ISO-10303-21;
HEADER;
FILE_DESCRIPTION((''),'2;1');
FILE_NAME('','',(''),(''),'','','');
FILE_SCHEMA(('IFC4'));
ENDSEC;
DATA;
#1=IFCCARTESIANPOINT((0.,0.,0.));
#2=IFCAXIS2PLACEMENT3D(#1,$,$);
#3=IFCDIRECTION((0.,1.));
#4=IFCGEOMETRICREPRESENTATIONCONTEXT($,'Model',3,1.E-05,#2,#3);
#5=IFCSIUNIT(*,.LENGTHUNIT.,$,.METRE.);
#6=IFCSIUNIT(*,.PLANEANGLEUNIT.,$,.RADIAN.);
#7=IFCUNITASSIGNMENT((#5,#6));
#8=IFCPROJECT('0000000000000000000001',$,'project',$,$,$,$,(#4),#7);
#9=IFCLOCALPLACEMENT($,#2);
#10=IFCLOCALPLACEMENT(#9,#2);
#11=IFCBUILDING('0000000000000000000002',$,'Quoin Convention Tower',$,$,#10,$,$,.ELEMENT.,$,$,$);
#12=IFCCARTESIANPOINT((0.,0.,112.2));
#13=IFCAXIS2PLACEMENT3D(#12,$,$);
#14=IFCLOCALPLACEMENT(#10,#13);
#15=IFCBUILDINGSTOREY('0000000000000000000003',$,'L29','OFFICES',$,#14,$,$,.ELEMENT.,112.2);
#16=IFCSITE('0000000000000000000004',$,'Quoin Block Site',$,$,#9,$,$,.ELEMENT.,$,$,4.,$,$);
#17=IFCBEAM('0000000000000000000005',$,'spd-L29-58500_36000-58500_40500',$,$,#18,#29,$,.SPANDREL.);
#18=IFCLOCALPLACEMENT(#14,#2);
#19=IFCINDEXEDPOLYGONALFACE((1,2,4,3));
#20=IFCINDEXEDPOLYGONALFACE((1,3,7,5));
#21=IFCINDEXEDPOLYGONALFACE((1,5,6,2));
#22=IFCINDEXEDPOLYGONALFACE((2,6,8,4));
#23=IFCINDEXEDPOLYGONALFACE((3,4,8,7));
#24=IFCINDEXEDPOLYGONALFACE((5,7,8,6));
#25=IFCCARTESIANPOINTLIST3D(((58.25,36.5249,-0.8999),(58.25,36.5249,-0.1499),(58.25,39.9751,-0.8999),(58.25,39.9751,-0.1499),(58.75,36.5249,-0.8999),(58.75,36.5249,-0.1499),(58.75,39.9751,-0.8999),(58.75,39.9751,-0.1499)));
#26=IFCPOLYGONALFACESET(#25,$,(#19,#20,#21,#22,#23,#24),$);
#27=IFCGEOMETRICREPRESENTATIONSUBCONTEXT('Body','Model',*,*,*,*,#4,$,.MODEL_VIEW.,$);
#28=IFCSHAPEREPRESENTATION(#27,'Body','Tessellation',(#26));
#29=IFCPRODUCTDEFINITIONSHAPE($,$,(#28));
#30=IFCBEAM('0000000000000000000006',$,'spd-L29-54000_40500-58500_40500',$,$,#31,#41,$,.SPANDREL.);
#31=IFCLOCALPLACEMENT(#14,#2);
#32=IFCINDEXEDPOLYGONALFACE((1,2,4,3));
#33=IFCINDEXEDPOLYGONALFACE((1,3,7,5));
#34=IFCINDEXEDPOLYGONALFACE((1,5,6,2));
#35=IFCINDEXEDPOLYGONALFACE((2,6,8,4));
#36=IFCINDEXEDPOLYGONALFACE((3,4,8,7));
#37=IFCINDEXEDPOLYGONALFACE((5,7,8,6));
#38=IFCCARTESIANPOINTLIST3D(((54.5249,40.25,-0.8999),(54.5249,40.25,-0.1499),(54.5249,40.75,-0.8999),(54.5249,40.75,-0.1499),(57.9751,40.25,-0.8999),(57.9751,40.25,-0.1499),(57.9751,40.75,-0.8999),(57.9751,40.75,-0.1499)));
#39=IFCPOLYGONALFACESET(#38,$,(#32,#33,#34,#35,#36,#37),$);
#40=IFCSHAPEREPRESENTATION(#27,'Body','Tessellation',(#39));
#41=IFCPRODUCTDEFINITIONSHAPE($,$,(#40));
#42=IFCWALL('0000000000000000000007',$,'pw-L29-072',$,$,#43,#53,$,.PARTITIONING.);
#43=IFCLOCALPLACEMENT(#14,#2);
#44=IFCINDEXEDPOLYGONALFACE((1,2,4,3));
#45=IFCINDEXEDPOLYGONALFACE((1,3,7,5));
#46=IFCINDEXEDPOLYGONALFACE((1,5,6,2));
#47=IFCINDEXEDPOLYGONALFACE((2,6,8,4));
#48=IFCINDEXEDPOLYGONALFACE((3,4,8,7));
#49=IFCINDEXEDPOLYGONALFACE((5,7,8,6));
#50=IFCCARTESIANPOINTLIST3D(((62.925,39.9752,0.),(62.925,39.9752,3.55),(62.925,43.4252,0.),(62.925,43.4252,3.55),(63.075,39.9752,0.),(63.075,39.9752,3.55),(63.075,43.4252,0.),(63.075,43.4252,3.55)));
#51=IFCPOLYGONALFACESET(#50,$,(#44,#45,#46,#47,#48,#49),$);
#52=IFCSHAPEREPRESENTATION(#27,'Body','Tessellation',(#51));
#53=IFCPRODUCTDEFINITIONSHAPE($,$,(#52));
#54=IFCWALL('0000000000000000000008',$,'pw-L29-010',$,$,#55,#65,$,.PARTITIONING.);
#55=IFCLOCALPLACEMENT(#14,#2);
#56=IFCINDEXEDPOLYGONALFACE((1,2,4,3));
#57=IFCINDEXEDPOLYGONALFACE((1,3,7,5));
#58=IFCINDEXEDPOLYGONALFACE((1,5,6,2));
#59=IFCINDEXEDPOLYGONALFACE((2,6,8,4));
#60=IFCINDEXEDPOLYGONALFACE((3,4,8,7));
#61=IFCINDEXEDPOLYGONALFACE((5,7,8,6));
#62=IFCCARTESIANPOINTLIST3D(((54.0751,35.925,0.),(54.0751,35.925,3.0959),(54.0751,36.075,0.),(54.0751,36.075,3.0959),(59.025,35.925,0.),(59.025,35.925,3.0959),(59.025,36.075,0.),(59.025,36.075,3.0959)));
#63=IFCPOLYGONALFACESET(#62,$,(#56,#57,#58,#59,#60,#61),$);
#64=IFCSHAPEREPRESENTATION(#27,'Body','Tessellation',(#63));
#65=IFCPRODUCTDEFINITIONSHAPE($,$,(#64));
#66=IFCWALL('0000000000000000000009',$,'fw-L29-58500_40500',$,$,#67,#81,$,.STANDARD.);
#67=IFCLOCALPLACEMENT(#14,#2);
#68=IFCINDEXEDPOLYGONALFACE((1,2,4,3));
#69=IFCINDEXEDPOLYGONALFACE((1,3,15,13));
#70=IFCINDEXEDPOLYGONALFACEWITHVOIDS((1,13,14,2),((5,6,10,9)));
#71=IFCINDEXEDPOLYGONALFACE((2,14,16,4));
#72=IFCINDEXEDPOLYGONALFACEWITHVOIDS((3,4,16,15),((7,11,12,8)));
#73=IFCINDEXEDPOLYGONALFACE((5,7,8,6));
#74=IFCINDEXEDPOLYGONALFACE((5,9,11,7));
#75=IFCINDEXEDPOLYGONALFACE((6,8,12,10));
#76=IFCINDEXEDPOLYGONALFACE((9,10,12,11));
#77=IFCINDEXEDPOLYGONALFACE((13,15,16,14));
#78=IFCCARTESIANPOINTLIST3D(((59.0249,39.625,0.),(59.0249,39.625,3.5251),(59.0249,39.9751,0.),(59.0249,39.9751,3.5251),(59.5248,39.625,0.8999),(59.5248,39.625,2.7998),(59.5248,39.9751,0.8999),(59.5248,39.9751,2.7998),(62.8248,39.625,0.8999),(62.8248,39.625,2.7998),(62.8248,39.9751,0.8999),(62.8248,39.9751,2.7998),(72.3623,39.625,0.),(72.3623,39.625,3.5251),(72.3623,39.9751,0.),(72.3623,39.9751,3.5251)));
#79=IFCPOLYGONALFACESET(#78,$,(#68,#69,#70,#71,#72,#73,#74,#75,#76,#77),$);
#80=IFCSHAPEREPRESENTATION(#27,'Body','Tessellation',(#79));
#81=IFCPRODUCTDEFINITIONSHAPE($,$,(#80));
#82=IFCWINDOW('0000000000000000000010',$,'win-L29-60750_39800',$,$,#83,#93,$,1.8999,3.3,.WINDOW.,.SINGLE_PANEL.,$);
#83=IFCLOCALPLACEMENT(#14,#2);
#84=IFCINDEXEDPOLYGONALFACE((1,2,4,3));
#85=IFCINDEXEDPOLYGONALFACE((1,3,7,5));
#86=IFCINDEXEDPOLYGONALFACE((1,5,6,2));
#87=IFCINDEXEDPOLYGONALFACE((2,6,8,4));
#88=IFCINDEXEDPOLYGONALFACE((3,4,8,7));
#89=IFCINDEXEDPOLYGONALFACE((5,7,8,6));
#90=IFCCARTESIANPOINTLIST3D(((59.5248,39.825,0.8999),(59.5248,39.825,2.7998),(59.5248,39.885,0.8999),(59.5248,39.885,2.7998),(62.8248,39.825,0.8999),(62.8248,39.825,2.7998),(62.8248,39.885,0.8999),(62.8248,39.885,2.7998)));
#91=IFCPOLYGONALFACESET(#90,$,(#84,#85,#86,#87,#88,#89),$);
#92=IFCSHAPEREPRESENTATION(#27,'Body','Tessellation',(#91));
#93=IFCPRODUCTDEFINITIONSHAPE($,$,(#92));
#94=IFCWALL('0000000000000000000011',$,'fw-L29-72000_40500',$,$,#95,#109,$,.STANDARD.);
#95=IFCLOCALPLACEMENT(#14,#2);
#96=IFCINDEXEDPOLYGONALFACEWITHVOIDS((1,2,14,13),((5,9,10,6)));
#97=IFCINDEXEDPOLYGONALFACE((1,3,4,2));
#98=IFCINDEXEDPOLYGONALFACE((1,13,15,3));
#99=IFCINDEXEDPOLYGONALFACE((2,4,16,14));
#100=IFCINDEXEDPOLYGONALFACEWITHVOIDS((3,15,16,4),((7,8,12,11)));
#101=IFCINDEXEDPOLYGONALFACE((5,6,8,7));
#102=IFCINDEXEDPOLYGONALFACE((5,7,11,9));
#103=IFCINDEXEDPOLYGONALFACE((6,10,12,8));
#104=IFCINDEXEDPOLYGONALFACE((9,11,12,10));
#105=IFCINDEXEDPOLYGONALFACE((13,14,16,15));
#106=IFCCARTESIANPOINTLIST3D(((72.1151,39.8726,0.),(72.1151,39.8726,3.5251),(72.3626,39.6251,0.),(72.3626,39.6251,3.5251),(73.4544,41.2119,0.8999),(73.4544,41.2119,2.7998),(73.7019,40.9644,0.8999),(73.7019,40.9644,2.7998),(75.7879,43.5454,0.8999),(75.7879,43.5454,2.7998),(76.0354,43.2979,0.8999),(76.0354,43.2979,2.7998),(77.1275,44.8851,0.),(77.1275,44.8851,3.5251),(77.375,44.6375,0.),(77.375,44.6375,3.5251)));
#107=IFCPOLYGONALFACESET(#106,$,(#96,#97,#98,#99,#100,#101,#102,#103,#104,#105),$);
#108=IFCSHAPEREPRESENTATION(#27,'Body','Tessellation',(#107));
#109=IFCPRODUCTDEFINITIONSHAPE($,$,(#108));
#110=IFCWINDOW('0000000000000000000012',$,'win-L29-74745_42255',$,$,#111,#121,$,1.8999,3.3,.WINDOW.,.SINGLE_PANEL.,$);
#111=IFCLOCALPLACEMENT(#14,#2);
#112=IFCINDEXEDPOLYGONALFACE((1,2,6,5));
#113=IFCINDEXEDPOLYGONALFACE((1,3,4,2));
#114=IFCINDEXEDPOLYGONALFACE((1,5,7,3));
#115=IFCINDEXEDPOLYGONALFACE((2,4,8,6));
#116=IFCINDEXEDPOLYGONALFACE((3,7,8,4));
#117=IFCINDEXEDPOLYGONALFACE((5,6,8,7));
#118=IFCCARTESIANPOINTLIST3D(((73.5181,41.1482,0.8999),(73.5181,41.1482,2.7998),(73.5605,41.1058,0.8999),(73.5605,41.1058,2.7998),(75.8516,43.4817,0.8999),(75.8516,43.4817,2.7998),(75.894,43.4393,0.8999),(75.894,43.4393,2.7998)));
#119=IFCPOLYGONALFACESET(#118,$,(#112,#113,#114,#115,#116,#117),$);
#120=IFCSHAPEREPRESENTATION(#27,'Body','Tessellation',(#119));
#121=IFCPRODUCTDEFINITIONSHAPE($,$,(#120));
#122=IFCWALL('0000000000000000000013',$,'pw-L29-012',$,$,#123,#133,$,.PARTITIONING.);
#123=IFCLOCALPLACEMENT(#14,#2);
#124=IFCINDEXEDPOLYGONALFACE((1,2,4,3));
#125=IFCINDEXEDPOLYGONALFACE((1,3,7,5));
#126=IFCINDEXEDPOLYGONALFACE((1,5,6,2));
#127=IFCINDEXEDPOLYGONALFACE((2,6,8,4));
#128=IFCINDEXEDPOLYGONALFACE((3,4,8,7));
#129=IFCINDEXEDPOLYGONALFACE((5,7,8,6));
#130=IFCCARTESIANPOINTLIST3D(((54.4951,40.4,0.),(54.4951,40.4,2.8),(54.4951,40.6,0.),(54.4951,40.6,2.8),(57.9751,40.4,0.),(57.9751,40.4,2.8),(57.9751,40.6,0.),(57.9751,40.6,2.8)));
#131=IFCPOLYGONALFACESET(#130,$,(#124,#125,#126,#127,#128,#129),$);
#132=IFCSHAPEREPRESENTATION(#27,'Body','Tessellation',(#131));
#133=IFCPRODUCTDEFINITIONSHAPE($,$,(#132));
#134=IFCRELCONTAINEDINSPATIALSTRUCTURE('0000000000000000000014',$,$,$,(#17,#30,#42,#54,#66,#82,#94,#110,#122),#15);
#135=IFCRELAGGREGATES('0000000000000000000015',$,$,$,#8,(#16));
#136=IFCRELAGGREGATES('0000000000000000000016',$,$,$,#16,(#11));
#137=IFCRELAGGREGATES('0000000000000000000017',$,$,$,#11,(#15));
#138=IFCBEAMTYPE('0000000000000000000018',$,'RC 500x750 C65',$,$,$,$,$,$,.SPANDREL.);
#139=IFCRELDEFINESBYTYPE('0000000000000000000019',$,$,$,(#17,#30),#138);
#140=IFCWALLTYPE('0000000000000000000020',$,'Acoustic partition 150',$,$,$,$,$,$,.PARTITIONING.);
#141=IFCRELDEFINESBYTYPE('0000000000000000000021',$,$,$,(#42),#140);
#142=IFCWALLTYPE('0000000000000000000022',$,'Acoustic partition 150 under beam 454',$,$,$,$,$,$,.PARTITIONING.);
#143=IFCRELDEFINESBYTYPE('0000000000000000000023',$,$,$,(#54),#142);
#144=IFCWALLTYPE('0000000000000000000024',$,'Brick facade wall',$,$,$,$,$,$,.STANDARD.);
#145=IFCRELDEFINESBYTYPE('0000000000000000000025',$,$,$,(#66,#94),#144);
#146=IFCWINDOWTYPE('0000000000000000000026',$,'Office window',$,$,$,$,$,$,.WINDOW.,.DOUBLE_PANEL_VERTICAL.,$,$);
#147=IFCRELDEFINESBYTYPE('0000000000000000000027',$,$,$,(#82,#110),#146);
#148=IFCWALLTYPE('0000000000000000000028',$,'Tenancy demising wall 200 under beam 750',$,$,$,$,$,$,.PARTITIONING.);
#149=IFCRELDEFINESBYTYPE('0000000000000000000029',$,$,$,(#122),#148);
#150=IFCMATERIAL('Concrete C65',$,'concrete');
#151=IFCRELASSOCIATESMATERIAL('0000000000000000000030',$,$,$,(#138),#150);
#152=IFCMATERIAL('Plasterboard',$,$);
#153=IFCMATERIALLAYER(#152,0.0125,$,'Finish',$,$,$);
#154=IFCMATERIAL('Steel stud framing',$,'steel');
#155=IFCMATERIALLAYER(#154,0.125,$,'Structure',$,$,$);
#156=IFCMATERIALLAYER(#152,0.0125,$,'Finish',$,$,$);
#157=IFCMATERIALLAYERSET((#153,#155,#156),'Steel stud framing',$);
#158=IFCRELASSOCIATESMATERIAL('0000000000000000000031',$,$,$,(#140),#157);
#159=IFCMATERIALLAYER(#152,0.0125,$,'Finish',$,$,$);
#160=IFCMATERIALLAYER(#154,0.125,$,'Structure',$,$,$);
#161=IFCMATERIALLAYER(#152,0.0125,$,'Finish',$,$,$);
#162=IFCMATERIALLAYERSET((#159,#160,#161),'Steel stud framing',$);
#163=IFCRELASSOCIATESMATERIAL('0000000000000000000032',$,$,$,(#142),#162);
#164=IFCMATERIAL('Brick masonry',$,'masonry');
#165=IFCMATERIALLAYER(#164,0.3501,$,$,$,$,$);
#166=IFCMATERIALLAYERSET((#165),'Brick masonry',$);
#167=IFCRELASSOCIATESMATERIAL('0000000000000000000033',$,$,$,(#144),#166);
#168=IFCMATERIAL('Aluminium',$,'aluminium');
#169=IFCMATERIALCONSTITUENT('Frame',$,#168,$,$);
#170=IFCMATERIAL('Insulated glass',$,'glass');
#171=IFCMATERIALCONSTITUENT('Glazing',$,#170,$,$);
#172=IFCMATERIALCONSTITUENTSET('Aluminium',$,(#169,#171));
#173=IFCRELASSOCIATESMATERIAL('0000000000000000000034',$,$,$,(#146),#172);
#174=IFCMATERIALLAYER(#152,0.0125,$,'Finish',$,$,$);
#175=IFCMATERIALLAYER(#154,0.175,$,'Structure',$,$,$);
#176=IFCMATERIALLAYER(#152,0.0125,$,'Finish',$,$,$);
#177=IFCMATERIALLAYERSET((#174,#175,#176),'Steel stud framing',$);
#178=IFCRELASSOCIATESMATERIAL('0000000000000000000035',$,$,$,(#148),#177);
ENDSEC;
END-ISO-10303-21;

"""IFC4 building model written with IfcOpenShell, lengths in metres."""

from ifc_helpers import new_model, si_unit, direction, frame, frame_2d, origin, origin_2d, place, context, subcontext, project, spatial, rectangle, extrude, material, layer, layer_set, constituent, constituent_set, material_profile, profile_set, type_object, element, fill, save


model = new_model("IFC4")

# Units and contexts
model_context = context("Model", 3, precision=1e-05, world=origin(), true_north=direction((0.0, 1.0)))
body_context = subcontext(model_context, "Body", "Model", "MODEL_VIEW")
ifc_project = project(units=[si_unit("LENGTHUNIT", "METRE"), si_unit("PLANEANGLEUNIT", "RADIAN")], contexts=[model_context])

# Site, building, storey
site_placement = place(None, origin())
site = spatial("IfcSite", under=ifc_project, at=site_placement, Name="Quoin Block Site", CompositionType="ELEMENT", RefElevation=4.0)
building_placement = place(site_placement, origin())
building = spatial("IfcBuilding", under=site, at=building_placement, Name="Quoin Convention Tower", CompositionType="ELEMENT")
storey_placement = place(building_placement, frame((0.0, 0.0, 112.2)))
storey = spatial("IfcBuildingStorey", under=building, at=storey_placement, Name="L29", Description="OFFICES", CompositionType="ELEMENT", Elevation=112.2)

# Shared definitions
ifc_material_1 = material(Name="Concrete C65", Category="concrete")

# Beams
ifc_material_profile_1 = material_profile(ifc_material_1, rectangle(XDim=0.5, YDim=0.75, at=origin_2d()), Name="RC 500x750")
ifc_profile_set_1 = profile_set([ifc_material_profile_1], Name="Concrete C65")
beam_type = type_object("IfcBeamType", Name="RC 500x750 C65", PredefinedType="SPANDREL", material=ifc_profile_set_1)
for number, where, z_axis, x_axis, name in (
    (1, (58.5, 36.5249, -0.5249), (0.0, 1.0, 0.0), (-1.0, 0.0, 0.0), "spd-L29-58500_36000-58500_40500"),
    (2, (54.5249, 40.5, -0.5249), (1.0, 0.0, 0.0), (0.0, 1.0, 0.0), "spd-L29-54000_40500-58500_40500"),
):
    element("IfcBeam", number, at=place(storey_placement, frame(where, z_axis=z_axis, x_axis=x_axis)), inside=storey, type_object=beam_type, Name=name, PredefinedType="SPANDREL", context=body_context, shape_type="SweptSolid", body=[
        extrude(rectangle(XDim=0.5, YDim=0.75, at=origin_2d()), origin(), (0.0, 0.0, 1.0), 3.4502),
    ])

# Walls
ifc_material_2 = material(Name="Plasterboard")
ifc_layer_1 = layer(ifc_material_2, 0.0125, Name="Finish")
ifc_material_3 = material(Name="Steel stud framing", Category="steel")
ifc_layer_2 = layer(ifc_material_3, 0.125, Name="Structure")
ifc_layer_3 = layer(ifc_material_2, 0.0125, Name="Finish")
ifc_layer_set_1 = layer_set([ifc_layer_1, ifc_layer_2, ifc_layer_3], Name="Steel stud framing")
wall_type_1 = type_object("IfcWallType", Name="Acoustic partition 150", PredefinedType="PARTITIONING", material=ifc_layer_set_1)
wall_1_placement = place(storey_placement, frame((63.0, 39.9751, 0.0), z_axis=(0.0, 0.0, 1.0), x_axis=(0.0, 1.0, 0.0)))
element("IfcWall", 3, at=wall_1_placement, inside=storey, type_object=wall_type_1, Name="pw-L29-072", PredefinedType="PARTITIONING", context=body_context, shape_type="SweptSolid", body=[
    extrude(rectangle(XDim=3.45, YDim=0.1499, at=frame_2d((1.7251, 0.0))), origin(), (0.0, 0.0, 1.0), 3.55),
])
ifc_layer_4 = layer(ifc_material_2, 0.0125, Name="Finish")
ifc_layer_5 = layer(ifc_material_3, 0.125, Name="Structure")
ifc_layer_6 = layer(ifc_material_2, 0.0125, Name="Finish")
ifc_layer_set_2 = layer_set([ifc_layer_4, ifc_layer_5, ifc_layer_6], Name="Steel stud framing")
wall_type_2 = type_object("IfcWallType", Name="Acoustic partition 150 under beam 454", PredefinedType="PARTITIONING", material=ifc_layer_set_2)
wall_2_placement = place(storey_placement, frame((54.075, 36.0, 0.0), z_axis=(0.0, 0.0, 1.0), x_axis=(1.0, 0.0, 0.0)))
element("IfcWall", 4, at=wall_2_placement, inside=storey, type_object=wall_type_2, Name="pw-L29-010", PredefinedType="PARTITIONING", context=body_context, shape_type="SweptSolid", body=[
    extrude(rectangle(XDim=4.95, YDim=0.1499, at=frame_2d((2.4751, 0.0))), origin(), (0.0, 0.0, 1.0), 3.0959),
])

# Walls, openings, windows
ifc_material_4 = material(Name="Brick masonry", Category="masonry")
ifc_layer_7 = layer(ifc_material_4, 0.3501)
ifc_layer_set_3 = layer_set([ifc_layer_7], Name="Brick masonry")
wall_type_3 = type_object("IfcWallType", Name="Brick facade wall", PredefinedType="STANDARD", material=ifc_layer_set_3)
wall_3_placement = place(storey_placement, frame((59.0249, 39.8, 0.0), z_axis=(0.0, 0.0, 1.0), x_axis=(1.0, 0.0, 0.0)))
wall_3 = element("IfcWall", 5, at=wall_3_placement, inside=storey, type_object=wall_type_3, Name="fw-L29-58500_40500", PredefinedType="STANDARD", context=body_context, shape_type="SweptSolid", body=[
    extrude(rectangle(XDim=13.3374, YDim=0.3501, at=frame_2d((6.6687, 0.0))), origin(), (0.0, 0.0, 1.0), 3.5251),
])
opening_1_placement = place(wall_3_placement, frame((0.5, 0.0, 0.8999)))
opening_1 = element("IfcOpeningElement", 6, at=opening_1_placement, cuts=wall_3, PredefinedType="OPENING", context=body_context, shape_type="SweptSolid", body=[
    extrude(rectangle(XDim=3.3, YDim=1.8999, at=frame_2d((1.6499, 0.95))), frame((0.0, 0.1851, 0.0), z_axis=(0.0, -1.0, 0.0), x_axis=(1.0, 0.0, 0.0)), (0.0, 0.0, 1.0), 0.3701),
])
ifc_material_5 = material(Name="Aluminium", Category="aluminium")
ifc_constituent_1 = constituent(ifc_material_5, Name="Frame")
ifc_material_6 = material(Name="Insulated glass", Category="glass")
ifc_constituent_2 = constituent(ifc_material_6, Name="Glazing")
ifc_constituent_set = constituent_set(constituents=[ifc_constituent_1, ifc_constituent_2], Name="Aluminium")
window_type = type_object("IfcWindowType", Name="Office window", PartitioningType="DOUBLE_PANEL_VERTICAL", PredefinedType="WINDOW", material=ifc_constituent_set)
window_1_placement = place(opening_1_placement, origin())
window_1 = element("IfcWindow", 7, at=window_1_placement, inside=storey, type_object=window_type, Name="win-L29-60750_39800", OverallHeight=1.8999, OverallWidth=3.3, PartitioningType="SINGLE_PANEL", PredefinedType="WINDOW", context=body_context, shape_type="SweptSolid", body=[
    extrude(rectangle(XDim=3.3, YDim=1.8999, at=frame_2d((1.6499, 0.95))), frame((0.0, 0.085, 0.0), z_axis=(0.0, -1.0, 0.0), x_axis=(1.0, 0.0, 0.0)), (0.0, 0.0, 1.0), 0.0601),
])
fill(opening_1, window_1)
wall_4_placement = place(storey_placement, frame((72.2388, 39.7488, 0.0), z_axis=(0.0, 0.0, 1.0), x_axis=(0.707107, 0.707107, 0.0)))
wall_4 = element("IfcWall", 8, at=wall_4_placement, inside=storey, type_object=wall_type_3, Name="fw-L29-72000_40500", PredefinedType="STANDARD", context=body_context, shape_type="SweptSolid", body=[
    extrude(rectangle(XDim=7.0886, YDim=0.3501, at=frame_2d((3.5444, 0.0))), origin(), (0.0, 0.0, 1.0), 3.5251),
])
opening_2_placement = place(wall_4_placement, frame((1.8943, 0.0, 0.8999)))
opening_2 = element("IfcOpeningElement", 9, at=opening_2_placement, cuts=wall_4, PredefinedType="OPENING", context=body_context, shape_type="SweptSolid", body=[
    extrude(rectangle(XDim=3.3, YDim=1.8999, at=frame_2d((1.6499, 0.95))), frame((0.0, 0.1851, 0.0), z_axis=(0.0, -1.0, 0.0), x_axis=(1.0, 0.0, 0.0)), (0.0, 0.0, 1.0), 0.3701),
])
window_2_placement = place(opening_2_placement, origin())
window_2 = element("IfcWindow", 10, at=window_2_placement, inside=storey, type_object=window_type, Name="win-L29-74745_42255", OverallHeight=1.8999, OverallWidth=3.3, PartitioningType="SINGLE_PANEL", PredefinedType="WINDOW", context=body_context, shape_type="SweptSolid", body=[
    extrude(rectangle(XDim=3.3, YDim=1.8999, at=frame_2d((1.6499, 0.95))), frame((0.0, 0.085, 0.0), z_axis=(0.0, -1.0, 0.0), x_axis=(1.0, 0.0, 0.0)), (0.0, 0.0, 1.0), 0.0601),
])
fill(opening_2, window_2)

# Wall
ifc_layer_8 = layer(ifc_material_2, 0.0125, Name="Finish")
ifc_layer_9 = layer(ifc_material_3, 0.175, Name="Structure")
ifc_layer_10 = layer(ifc_material_2, 0.0125, Name="Finish")
ifc_layer_set_4 = layer_set([ifc_layer_8, ifc_layer_9, ifc_layer_10], Name="Steel stud framing")
wall_type_4 = type_object("IfcWallType", Name="Tenancy demising wall 200 under beam 750", PredefinedType="PARTITIONING", material=ifc_layer_set_4)
wall_5_placement = place(storey_placement, frame((54.4951, 40.5, 0.0), z_axis=(0.0, 0.0, 1.0), x_axis=(1.0, 0.0, 0.0)))
element("IfcWall", 11, at=wall_5_placement, inside=storey, type_object=wall_type_4, Name="pw-L29-012", PredefinedType="PARTITIONING", context=body_context, shape_type="SweptSolid", body=[
    extrude(rectangle(XDim=3.48, YDim=0.2, at=frame_2d((1.74, 0.0))), origin(), (0.0, 0.0, 1.0), 2.8),
])

save(model, "model.ifc")
